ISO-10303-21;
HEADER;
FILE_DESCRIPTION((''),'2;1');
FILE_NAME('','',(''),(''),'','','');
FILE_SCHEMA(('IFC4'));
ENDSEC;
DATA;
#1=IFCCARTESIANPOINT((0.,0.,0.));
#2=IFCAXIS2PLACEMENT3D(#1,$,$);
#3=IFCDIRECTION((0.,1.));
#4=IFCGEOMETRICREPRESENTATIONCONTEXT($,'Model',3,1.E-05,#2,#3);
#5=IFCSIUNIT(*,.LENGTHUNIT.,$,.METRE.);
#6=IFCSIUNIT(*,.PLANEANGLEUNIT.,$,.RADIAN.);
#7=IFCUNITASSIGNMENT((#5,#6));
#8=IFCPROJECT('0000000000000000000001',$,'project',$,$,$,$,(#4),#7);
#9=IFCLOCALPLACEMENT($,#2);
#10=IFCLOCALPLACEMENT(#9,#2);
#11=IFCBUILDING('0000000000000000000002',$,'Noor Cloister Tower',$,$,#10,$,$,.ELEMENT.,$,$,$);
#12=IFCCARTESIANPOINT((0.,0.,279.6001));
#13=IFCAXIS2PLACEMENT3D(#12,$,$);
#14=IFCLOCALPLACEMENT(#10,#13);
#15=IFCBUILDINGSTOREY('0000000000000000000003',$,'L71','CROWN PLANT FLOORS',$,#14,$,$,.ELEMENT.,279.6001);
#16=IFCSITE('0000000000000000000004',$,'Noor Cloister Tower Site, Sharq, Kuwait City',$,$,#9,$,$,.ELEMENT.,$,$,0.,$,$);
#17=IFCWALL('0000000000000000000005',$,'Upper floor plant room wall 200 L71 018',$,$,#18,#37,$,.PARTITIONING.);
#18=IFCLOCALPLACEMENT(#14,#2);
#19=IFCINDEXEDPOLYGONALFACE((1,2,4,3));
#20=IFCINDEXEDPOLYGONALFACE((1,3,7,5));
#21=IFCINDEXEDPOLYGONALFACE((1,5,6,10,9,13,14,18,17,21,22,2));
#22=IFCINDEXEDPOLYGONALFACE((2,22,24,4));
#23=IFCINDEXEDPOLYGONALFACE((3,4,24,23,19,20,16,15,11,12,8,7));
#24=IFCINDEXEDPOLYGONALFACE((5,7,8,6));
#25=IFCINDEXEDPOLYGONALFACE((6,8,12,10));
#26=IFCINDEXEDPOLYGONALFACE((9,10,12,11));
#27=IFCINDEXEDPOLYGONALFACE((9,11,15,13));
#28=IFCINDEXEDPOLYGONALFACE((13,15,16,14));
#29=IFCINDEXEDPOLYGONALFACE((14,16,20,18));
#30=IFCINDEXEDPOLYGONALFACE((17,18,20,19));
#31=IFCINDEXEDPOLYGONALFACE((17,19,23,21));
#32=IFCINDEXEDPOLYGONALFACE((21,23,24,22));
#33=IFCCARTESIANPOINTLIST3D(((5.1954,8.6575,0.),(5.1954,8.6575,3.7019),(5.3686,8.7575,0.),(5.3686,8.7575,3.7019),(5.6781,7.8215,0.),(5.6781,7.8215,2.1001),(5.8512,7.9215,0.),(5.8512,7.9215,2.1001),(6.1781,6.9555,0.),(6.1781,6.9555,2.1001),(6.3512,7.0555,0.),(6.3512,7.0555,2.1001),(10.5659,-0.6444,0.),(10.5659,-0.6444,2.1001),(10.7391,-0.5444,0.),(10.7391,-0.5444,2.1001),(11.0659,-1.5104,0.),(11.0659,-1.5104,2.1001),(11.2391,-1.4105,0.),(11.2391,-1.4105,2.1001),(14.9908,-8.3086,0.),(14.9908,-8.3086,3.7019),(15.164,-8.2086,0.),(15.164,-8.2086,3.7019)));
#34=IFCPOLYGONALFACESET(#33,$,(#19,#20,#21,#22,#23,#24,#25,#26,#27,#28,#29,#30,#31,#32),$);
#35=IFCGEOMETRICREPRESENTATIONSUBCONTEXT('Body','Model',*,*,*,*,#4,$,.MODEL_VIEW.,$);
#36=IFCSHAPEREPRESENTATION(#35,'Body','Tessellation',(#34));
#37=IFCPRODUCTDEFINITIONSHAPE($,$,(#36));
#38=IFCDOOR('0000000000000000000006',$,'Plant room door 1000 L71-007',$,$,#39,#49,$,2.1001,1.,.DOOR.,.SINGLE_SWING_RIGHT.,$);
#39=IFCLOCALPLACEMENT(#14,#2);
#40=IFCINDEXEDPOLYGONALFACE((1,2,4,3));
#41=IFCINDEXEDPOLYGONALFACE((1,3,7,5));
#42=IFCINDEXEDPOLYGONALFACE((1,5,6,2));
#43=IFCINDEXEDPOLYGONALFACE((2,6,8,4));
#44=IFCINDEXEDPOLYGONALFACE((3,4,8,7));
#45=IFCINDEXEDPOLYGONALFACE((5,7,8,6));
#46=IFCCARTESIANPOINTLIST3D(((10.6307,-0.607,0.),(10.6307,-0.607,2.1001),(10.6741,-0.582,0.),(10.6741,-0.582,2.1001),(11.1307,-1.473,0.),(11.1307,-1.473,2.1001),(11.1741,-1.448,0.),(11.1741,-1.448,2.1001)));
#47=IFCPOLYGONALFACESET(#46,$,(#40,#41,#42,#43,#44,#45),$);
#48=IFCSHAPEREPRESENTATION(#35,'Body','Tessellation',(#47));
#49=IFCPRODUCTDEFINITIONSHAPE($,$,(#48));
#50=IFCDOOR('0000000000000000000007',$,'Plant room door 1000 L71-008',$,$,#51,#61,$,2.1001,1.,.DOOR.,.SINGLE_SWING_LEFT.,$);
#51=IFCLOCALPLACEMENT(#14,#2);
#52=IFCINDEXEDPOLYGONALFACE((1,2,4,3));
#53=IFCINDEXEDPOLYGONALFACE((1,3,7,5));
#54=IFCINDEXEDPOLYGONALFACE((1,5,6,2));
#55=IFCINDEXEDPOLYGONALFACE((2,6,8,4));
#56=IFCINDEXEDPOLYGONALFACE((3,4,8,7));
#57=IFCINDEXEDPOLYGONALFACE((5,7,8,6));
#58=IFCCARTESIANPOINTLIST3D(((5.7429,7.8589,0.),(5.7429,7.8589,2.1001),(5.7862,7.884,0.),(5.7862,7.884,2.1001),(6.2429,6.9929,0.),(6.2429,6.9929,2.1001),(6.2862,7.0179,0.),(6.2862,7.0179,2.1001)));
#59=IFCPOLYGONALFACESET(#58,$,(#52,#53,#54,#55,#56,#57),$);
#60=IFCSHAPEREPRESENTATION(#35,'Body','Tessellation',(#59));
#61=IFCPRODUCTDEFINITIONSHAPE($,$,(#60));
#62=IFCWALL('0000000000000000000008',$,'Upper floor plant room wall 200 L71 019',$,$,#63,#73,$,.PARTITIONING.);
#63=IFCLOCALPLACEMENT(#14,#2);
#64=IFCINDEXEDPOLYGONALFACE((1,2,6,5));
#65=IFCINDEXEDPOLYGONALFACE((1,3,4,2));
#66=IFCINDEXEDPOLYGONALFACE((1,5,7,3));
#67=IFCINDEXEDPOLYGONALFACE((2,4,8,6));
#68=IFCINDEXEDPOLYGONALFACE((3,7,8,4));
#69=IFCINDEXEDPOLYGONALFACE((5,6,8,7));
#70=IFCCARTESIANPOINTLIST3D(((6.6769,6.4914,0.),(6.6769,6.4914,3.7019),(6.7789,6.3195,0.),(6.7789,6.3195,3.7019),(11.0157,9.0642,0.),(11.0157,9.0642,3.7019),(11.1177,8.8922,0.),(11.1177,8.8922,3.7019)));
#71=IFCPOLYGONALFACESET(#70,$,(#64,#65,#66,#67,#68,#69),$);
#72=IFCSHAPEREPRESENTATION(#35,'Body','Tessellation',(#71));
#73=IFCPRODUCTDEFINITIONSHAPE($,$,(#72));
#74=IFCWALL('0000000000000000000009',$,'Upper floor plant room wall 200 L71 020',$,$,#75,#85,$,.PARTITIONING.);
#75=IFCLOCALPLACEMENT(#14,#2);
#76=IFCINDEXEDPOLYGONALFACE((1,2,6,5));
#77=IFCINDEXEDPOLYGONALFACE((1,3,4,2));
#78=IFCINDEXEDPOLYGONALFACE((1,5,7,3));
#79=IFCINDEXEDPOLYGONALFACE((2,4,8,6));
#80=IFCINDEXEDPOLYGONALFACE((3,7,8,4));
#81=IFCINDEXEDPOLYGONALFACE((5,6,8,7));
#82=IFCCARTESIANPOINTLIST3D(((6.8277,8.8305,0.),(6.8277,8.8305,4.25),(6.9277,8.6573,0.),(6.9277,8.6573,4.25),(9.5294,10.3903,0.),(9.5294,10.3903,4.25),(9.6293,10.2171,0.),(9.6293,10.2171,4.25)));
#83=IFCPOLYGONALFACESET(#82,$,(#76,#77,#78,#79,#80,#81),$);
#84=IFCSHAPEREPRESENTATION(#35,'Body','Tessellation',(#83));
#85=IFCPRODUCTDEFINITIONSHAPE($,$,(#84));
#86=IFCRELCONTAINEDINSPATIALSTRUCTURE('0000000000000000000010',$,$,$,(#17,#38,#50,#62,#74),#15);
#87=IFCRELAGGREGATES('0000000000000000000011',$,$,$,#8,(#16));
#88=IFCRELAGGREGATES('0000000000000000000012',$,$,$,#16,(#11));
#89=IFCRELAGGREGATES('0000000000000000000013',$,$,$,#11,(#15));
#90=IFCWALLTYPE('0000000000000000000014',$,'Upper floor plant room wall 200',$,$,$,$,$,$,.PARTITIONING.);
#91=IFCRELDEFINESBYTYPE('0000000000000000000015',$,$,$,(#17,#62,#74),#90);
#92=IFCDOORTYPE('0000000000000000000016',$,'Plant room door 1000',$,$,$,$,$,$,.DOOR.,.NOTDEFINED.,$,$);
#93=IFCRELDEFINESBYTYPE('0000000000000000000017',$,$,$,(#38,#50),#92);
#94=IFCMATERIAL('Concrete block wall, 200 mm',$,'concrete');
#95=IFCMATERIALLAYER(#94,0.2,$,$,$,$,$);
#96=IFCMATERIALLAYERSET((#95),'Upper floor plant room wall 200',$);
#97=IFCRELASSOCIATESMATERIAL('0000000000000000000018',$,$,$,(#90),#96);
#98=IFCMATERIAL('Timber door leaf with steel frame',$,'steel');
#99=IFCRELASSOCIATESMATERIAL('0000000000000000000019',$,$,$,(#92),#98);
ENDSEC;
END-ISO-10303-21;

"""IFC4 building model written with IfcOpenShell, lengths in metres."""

from ifc_helpers import new_model, si_unit, direction, frame, frame_2d, origin, place, context, subcontext, project, spatial, rectangle, extrude, material, layer, layer_set, type_object, element, fill, save


model = new_model("IFC4")

# Units and contexts
model_context = context("Model", 3, precision=1e-05, world=origin(), true_north=direction((0.0, 1.0)))
body_context = subcontext(model_context, "Body", "Model", "MODEL_VIEW")
ifc_project = project(units=[si_unit("LENGTHUNIT", "METRE"), si_unit("PLANEANGLEUNIT", "RADIAN")], contexts=[model_context])

# Site, building, storey
site_placement = place(None, origin())
site = spatial("IfcSite", under=ifc_project, at=site_placement, Name="Noor Cloister Tower Site, Sharq, Kuwait City", CompositionType="ELEMENT", RefElevation=0.0)
building_placement = place(site_placement, origin())
building = spatial("IfcBuilding", under=site, at=building_placement, Name="Noor Cloister Tower", CompositionType="ELEMENT")
storey_placement = place(building_placement, frame((0.0, 0.0, 279.6001)))
storey = spatial("IfcBuildingStorey", under=building, at=storey_placement, Name="L71", Description="CROWN PLANT FLOORS", CompositionType="ELEMENT", Elevation=279.6001)

# Shared definitions
ifc_material_1 = material(Name="Concrete block wall, 200 mm", Category="concrete")
ifc_layer_1 = layer(ifc_material_1, 0.2)
ifc_layer_set_1 = layer_set([ifc_layer_1], Name="Upper floor plant room wall 200")
wall_type_1 = type_object("IfcWallType", Name="Upper floor plant room wall 200", PredefinedType="PARTITIONING", material=ifc_layer_set_1)

# Wall, openings, doors
wall_1_placement = place(storey_placement, frame((5.282, 8.7075, 0.0), z_axis=(0.0, 0.0, 1.0), x_axis=(0.500002, -0.866024, 0.0)))
wall_1 = element("IfcWall", 1, at=wall_1_placement, inside=storey, type_object=wall_type_1, Name="Upper floor plant room wall 200 L71 018", PredefinedType="PARTITIONING", context=body_context, shape_type="SweptSolid", body=[
    extrude(rectangle(XDim=19.5908, YDim=0.2, at=frame_2d((9.7954, 0.0))), origin(), (0.0, 0.0, 1.0), 3.7019),
])
opening_1_placement = place(wall_1_placement, frame((10.741, 0.0, 0.0)))
opening_1 = element("IfcOpeningElement", 2, at=opening_1_placement, cuts=wall_1, PredefinedType="OPENING", context=body_context, shape_type="SweptSolid", body=[
    extrude(rectangle(XDim=1.0, YDim=2.1001, at=frame_2d((0.5, 1.05))), frame((0.0, 0.1099, 0.0), z_axis=(0.0, -1.0, 0.0), x_axis=(1.0, 0.0, 0.0)), (0.0, 0.0, 1.0), 0.22),
])
opening_2_placement = place(wall_1_placement, frame((0.9653, 0.0, 0.0)))
opening_2 = element("IfcOpeningElement", 3, at=opening_2_placement, cuts=wall_1, PredefinedType="OPENING", context=body_context, shape_type="SweptSolid", body=[
    extrude(rectangle(XDim=1.0, YDim=2.1001, at=frame_2d((0.5, 1.05))), frame((0.0, 0.1099, 0.0), z_axis=(0.0, -1.0, 0.0), x_axis=(1.0, 0.0, 0.0)), (0.0, 0.0, 1.0), 0.22),
])
ifc_material_2 = material(Name="Timber door leaf with steel frame", Category="steel")
door_type_1 = type_object("IfcDoorType", Name="Plant room door 1000", OperationType="NOTDEFINED", PredefinedType="DOOR", material=ifc_material_2)
door_1_placement = place(opening_1_placement, origin())
door_1 = element("IfcDoor", 4, at=door_1_placement, inside=storey, type_object=door_type_1, Name="Plant room door 1000 L71-007", OperationType="SINGLE_SWING_RIGHT", OverallHeight=2.1001, OverallWidth=1.0, PredefinedType="DOOR", context=body_context, shape_type="SweptSolid", body=[
    extrude(rectangle(XDim=1.0, YDim=2.1001, at=frame_2d((0.5, 1.05))), frame((0.0, 0.0249, 0.0), z_axis=(0.0, -1.0, 0.0), x_axis=(1.0, 0.0, 0.0)), (0.0, 0.0, 1.0), 0.05),
])
fill(opening_1, door_1)
door_2_placement = place(opening_2_placement, origin())
door_2 = element("IfcDoor", 5, at=door_2_placement, inside=storey, type_object=door_type_1, Name="Plant room door 1000 L71-008", OperationType="SINGLE_SWING_LEFT", OverallHeight=2.1001, OverallWidth=1.0, PredefinedType="DOOR", context=body_context, shape_type="SweptSolid", body=[
    extrude(rectangle(XDim=1.0, YDim=2.1001, at=frame_2d((0.5, 1.05))), frame((0.0, 0.0249, 0.0), z_axis=(0.0, -1.0, 0.0), x_axis=(1.0, 0.0, 0.0)), (0.0, 0.0, 1.0), 0.05),
])
fill(opening_2, door_2)

# Walls
wall_2_placement = place(storey_placement, frame((6.728, 6.4055, 0.0), z_axis=(0.0, 0.0, 1.0), x_axis=(0.860155, 0.510033, 0.0)))
element("IfcWall", 6, at=wall_2_placement, inside=storey, type_object=wall_type_1, Name="Upper floor plant room wall 200 L71 019", PredefinedType="PARTITIONING", context=body_context, shape_type="SweptSolid", body=[
    extrude(rectangle(XDim=5.0442, YDim=0.2, at=frame_2d((2.522, 0.0))), origin(), (0.0, 0.0, 1.0), 3.7019),
])
wall_3_placement = place(storey_placement, frame((6.8777, 8.7439, 0.0), z_axis=(0.0, 0.0, 1.0), x_axis=(0.866024, 0.500002, 0.0)))
element("IfcWall", 7, at=wall_3_placement, inside=storey, type_object=wall_type_1, Name="Upper floor plant room wall 200 L71 020", PredefinedType="PARTITIONING", context=body_context, shape_type="SweptSolid", body=[
    extrude(rectangle(XDim=3.1196, YDim=0.2, at=frame_2d((1.5598, 0.0))), origin(), (0.0, 0.0, 1.0), 4.25),
])

save(model, "model.ifc")
